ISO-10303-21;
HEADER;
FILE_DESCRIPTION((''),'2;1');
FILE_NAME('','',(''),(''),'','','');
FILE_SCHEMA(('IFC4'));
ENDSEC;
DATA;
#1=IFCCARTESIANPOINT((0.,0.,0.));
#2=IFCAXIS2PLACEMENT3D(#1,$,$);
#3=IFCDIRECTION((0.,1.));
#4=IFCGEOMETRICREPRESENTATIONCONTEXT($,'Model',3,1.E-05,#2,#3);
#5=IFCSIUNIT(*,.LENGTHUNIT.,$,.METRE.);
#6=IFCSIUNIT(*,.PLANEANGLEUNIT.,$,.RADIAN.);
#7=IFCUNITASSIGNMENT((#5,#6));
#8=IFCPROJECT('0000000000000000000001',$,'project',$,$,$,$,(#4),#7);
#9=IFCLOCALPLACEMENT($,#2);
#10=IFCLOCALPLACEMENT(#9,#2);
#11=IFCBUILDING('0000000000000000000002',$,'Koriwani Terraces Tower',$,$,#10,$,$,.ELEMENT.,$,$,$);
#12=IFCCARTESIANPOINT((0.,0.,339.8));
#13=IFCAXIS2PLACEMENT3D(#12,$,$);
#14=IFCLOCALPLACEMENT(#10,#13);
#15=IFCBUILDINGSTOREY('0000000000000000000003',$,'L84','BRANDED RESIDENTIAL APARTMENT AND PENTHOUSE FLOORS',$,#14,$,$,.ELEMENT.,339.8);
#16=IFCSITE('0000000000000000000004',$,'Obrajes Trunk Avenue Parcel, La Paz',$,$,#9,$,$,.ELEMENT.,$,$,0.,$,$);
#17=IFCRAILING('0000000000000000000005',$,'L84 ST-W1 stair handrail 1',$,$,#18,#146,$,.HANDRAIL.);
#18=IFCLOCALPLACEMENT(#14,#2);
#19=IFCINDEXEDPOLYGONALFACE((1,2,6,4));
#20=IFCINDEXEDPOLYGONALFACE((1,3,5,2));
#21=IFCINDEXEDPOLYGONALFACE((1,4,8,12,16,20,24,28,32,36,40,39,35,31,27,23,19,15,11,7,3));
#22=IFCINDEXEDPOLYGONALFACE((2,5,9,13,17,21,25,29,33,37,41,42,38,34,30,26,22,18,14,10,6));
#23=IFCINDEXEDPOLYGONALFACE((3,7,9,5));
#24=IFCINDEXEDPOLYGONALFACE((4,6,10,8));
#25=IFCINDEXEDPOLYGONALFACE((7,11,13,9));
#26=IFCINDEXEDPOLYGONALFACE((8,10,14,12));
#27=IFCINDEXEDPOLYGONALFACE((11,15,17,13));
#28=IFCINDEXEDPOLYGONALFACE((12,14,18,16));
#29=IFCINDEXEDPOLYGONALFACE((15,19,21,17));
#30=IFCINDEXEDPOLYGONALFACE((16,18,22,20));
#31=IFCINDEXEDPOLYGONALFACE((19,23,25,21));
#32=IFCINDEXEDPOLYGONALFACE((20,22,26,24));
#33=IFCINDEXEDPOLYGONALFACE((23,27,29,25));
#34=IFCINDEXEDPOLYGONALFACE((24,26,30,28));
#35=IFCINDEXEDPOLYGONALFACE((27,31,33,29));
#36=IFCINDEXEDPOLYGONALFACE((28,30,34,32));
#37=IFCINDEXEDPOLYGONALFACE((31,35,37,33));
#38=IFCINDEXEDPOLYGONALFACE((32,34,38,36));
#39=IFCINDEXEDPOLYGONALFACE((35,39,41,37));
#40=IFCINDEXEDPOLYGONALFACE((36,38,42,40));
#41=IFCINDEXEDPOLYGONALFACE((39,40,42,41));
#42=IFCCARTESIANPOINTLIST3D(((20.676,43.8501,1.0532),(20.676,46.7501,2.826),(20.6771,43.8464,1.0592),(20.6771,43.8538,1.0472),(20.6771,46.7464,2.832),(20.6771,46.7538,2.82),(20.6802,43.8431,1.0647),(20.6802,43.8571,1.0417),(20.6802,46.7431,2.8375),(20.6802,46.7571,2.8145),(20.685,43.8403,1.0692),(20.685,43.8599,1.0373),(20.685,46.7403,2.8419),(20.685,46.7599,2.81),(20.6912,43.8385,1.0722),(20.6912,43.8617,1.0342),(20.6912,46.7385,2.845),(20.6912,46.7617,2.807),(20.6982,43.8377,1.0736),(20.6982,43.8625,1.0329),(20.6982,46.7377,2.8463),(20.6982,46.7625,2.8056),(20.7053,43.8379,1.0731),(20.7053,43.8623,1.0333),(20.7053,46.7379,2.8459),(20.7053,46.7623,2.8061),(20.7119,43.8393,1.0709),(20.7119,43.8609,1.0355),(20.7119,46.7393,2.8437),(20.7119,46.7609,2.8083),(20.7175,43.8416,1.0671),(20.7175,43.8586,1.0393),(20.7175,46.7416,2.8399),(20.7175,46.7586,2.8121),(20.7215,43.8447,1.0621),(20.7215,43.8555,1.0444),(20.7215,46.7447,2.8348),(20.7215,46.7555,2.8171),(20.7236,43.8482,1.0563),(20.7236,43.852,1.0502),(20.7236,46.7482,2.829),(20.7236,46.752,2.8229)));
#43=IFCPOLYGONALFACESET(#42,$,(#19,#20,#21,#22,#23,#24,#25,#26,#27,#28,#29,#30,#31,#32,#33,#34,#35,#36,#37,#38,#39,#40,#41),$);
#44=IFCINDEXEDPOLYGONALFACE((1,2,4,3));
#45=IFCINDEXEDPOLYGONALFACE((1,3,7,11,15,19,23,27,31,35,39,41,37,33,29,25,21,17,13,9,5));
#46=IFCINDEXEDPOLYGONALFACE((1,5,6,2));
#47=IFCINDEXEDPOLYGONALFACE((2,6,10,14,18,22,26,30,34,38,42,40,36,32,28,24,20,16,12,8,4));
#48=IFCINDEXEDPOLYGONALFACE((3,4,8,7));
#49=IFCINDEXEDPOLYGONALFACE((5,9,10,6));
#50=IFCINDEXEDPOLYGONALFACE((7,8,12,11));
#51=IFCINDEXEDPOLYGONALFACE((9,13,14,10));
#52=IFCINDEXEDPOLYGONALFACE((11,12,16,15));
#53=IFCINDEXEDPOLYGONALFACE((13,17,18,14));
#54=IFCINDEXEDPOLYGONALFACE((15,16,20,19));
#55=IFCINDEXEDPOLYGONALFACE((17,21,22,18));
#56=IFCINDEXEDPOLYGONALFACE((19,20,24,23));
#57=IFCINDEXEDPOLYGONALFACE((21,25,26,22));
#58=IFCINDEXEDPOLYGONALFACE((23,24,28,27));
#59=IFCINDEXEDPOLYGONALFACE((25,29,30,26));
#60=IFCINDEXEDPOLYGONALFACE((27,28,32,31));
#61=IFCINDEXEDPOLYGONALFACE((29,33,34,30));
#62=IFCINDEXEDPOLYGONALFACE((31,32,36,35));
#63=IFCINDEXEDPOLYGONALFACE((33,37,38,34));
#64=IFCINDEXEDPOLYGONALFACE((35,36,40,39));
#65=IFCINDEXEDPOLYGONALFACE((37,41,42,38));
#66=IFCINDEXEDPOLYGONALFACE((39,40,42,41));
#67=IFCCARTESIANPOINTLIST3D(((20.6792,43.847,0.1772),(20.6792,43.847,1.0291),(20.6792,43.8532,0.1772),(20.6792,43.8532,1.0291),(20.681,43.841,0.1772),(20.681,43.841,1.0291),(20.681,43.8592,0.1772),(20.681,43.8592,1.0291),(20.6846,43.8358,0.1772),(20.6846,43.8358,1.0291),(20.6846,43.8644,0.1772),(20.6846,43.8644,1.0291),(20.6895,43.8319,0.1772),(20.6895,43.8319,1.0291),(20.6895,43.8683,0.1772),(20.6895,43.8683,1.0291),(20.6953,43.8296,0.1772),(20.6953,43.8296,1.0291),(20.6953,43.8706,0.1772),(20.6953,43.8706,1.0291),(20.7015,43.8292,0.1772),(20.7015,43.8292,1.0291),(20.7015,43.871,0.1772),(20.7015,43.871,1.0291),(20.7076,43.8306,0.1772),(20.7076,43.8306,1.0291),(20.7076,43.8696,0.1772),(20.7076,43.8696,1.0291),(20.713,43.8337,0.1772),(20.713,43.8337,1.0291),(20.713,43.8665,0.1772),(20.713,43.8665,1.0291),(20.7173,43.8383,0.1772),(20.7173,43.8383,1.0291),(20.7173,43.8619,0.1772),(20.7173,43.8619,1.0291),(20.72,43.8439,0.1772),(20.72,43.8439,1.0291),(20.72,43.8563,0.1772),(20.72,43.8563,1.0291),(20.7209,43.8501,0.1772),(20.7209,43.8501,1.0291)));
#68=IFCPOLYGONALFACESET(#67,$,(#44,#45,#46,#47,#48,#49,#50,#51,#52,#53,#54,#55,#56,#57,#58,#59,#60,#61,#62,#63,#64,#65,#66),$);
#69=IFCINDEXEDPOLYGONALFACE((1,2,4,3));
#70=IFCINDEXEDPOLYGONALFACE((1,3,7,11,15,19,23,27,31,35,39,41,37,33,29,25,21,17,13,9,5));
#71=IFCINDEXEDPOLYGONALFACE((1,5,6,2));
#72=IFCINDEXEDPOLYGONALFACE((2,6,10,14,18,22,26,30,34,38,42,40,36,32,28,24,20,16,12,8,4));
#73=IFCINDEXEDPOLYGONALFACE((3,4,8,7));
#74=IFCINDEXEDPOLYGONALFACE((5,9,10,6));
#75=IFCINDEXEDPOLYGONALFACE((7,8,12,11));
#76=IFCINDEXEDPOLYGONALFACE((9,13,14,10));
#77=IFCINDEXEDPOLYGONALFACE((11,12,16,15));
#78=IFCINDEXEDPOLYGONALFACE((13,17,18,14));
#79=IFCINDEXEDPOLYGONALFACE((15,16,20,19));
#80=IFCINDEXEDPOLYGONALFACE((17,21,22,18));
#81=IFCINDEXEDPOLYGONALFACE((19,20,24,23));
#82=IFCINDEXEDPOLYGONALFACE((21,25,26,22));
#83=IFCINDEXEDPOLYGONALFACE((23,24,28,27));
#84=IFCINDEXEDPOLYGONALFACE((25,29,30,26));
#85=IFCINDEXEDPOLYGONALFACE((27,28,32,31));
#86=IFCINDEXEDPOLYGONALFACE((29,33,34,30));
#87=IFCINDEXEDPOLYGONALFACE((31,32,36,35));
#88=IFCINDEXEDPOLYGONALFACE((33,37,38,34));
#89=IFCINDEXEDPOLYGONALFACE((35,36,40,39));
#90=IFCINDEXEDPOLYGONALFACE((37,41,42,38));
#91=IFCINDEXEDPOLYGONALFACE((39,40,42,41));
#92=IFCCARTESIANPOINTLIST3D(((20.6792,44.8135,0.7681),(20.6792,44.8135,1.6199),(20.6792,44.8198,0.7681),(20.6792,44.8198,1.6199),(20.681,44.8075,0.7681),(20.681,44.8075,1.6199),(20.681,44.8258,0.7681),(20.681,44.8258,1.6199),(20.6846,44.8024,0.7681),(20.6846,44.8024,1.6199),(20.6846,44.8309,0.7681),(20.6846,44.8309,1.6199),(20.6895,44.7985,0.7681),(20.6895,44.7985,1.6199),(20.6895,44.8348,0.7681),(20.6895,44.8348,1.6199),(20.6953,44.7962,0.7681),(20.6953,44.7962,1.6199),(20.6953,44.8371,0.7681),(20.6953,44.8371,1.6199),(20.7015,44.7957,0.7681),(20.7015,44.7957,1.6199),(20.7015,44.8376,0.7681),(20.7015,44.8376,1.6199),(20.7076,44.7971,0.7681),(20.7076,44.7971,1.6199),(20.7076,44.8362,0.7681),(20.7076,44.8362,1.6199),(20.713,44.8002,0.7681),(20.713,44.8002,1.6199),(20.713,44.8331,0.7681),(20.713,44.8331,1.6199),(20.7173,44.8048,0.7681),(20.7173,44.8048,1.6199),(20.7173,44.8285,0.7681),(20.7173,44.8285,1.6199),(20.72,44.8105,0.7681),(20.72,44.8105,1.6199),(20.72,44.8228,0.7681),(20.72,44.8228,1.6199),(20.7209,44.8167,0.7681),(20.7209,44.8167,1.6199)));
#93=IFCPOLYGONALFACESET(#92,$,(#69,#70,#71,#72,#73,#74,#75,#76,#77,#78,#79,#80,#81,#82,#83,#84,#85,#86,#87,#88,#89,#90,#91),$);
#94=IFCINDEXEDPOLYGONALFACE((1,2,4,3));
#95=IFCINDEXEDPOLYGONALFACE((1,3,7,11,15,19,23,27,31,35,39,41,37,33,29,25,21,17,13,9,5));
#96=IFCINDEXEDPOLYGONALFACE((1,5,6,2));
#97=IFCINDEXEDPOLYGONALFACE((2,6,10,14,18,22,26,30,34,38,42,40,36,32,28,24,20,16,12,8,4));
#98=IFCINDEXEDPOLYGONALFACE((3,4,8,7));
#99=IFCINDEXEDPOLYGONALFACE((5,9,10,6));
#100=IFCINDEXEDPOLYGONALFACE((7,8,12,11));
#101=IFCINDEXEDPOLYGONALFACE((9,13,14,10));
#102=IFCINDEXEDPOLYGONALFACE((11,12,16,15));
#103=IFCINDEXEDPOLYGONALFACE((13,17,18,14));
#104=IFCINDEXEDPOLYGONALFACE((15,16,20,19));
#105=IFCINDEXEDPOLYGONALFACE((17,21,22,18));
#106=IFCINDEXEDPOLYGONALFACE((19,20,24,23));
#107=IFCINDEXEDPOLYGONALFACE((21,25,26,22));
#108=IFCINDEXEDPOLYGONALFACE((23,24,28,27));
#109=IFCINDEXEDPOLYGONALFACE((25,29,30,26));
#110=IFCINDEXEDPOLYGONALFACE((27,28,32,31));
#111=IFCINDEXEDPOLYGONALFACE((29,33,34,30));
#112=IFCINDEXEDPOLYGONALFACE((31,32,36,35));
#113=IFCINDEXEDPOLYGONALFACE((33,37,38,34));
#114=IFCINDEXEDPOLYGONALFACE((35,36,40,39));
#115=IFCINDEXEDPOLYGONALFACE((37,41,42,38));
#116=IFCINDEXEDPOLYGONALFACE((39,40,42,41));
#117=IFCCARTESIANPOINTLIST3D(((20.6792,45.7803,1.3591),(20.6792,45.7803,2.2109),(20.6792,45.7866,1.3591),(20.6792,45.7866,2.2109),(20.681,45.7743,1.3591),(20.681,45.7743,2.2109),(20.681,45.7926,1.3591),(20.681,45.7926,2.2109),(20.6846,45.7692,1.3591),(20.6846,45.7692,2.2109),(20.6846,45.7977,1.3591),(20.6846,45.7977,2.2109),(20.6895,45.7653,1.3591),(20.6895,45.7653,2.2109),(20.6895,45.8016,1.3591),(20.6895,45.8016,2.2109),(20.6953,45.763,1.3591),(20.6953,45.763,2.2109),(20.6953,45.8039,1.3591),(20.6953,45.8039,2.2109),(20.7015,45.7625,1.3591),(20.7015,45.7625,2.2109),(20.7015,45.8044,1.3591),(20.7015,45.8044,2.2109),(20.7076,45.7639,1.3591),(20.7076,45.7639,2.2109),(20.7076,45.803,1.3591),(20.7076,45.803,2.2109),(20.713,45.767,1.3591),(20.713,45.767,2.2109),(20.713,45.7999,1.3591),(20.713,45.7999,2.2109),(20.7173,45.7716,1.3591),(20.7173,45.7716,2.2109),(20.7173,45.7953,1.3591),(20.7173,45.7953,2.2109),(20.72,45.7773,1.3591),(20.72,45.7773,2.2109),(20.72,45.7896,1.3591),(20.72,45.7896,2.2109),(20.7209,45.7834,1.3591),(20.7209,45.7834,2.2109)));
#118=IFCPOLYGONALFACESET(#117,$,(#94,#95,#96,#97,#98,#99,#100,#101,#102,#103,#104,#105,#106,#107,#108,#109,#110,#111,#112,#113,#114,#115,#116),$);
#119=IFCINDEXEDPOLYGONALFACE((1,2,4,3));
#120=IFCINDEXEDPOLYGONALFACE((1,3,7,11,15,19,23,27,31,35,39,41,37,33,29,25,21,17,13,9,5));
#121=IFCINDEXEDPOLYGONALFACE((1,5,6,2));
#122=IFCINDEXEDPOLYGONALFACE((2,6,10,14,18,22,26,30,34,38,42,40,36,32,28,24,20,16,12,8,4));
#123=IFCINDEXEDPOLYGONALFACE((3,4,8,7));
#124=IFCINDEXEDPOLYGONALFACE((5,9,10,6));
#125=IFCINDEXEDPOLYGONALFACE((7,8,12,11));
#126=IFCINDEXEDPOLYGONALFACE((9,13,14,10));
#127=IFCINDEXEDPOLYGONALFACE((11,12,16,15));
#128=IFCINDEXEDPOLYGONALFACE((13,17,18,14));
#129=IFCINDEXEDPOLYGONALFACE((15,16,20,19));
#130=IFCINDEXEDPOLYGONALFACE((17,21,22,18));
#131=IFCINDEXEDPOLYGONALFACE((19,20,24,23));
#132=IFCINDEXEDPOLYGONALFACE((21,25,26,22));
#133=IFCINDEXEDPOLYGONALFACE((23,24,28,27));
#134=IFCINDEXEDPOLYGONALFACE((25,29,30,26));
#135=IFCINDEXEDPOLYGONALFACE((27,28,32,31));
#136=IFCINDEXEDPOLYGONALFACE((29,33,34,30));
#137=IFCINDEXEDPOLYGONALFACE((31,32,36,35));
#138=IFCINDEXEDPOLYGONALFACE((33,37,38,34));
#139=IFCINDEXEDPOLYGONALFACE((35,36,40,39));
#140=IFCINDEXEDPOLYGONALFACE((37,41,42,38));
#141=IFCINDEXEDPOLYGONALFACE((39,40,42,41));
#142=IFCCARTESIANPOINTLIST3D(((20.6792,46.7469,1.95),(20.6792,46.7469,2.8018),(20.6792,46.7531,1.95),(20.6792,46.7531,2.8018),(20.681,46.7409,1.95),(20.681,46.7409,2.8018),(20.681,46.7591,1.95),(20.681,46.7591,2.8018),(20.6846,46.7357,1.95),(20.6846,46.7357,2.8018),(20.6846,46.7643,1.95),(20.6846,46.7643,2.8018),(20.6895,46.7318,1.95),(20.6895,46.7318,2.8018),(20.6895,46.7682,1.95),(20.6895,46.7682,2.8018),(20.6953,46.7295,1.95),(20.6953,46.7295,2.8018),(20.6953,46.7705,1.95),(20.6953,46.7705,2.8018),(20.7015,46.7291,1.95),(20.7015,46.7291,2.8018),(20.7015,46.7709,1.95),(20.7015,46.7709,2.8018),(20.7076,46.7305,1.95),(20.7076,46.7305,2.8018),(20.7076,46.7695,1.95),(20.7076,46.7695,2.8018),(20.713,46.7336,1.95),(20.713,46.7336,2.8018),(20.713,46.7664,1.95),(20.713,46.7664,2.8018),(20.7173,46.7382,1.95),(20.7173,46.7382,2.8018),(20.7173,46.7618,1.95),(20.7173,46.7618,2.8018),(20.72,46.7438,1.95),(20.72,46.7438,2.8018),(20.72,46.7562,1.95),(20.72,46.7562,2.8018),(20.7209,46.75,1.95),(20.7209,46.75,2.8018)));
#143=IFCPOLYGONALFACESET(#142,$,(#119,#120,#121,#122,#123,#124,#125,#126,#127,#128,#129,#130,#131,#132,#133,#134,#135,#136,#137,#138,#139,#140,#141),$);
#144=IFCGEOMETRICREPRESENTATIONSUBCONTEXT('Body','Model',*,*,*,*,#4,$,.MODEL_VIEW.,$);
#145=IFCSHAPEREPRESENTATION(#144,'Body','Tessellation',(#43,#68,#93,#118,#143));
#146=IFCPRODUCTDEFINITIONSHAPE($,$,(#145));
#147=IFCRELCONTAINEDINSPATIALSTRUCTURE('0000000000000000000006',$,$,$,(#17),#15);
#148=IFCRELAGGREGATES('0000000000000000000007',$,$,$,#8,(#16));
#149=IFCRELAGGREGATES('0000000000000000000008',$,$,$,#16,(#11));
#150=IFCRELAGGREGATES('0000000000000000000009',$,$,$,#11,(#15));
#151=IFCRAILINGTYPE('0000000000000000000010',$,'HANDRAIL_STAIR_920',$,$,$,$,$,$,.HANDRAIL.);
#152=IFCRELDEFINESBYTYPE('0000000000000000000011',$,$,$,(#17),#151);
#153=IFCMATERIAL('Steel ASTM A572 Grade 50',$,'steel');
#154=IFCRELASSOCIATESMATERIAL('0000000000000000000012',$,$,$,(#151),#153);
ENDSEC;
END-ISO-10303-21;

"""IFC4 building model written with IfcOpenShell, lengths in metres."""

from ifc_helpers import new_model, si_unit, direction, frame, origin, origin_2d, place, context, subcontext, project, spatial, circle, extrude, material, type_object, element, save


model = new_model("IFC4")

# Units and contexts
model_context = context("Model", 3, precision=1e-05, world=origin(), true_north=direction((0.0, 1.0)))
body_context = subcontext(model_context, "Body", "Model", "MODEL_VIEW")
ifc_project = project(units=[si_unit("LENGTHUNIT", "METRE"), si_unit("PLANEANGLEUNIT", "RADIAN")], contexts=[model_context])

# Site, building, storey
site_placement = place(None, origin())
site = spatial("IfcSite", under=ifc_project, at=site_placement, Name="Obrajes Trunk Avenue Parcel, La Paz", CompositionType="ELEMENT", RefElevation=0.0)
building_placement = place(site_placement, origin())
building = spatial("IfcBuilding", under=site, at=building_placement, Name="Koriwani Terraces Tower", CompositionType="ELEMENT")
storey_placement = place(building_placement, frame((0.0, 0.0, 339.8)))
storey = spatial("IfcBuildingStorey", under=building, at=storey_placement, Name="L84", Description="BRANDED RESIDENTIAL APARTMENT AND PENTHOUSE FLOORS", CompositionType="ELEMENT", Elevation=339.8)

# Shared definitions
ifc_material_1 = material(Name="Steel ASTM A572 Grade 50", Category="steel")

# Railing
railing_type_1 = type_object("IfcRailingType", Name="HANDRAIL_STAIR_920", PredefinedType="HANDRAIL", material=ifc_material_1)
railing_1_placement = place(storey_placement, frame((20.7, 43.8501, 0.1772)))
element("IfcRailing", 1, at=railing_1_placement, inside=storey, type_object=railing_type_1, Name="L84 ST-W1 stair handrail 1", PredefinedType="HANDRAIL", context=body_context, shape_type="SweptSolid", body=[
    extrude(circle(Radius=0.0239, at=origin_2d()), frame((0.0, 0.0, 0.876), z_axis=(0.0, 0.853211, 0.521566), x_axis=(-1.0, 0.0, 0.0)), (0.0, 0.0, 1.0), 3.3989),
    extrude(circle(Radius=0.021, at=origin_2d()), origin(), (0.0, 0.0, 1.0), 0.8518),
    extrude(circle(Radius=0.021, at=origin_2d()), frame((0.0, 0.9666, 0.5908)), (0.0, 0.0, 1.0), 0.8518),
    extrude(circle(Radius=0.021, at=origin_2d()), frame((0.0, 1.9333, 1.1819)), (0.0, 0.0, 1.0), 0.8518),
    extrude(circle(Radius=0.021, at=origin_2d()), frame((0.0, 2.8999, 1.7727)), (0.0, 0.0, 1.0), 0.8518),
])

save(model, "model.ifc")
